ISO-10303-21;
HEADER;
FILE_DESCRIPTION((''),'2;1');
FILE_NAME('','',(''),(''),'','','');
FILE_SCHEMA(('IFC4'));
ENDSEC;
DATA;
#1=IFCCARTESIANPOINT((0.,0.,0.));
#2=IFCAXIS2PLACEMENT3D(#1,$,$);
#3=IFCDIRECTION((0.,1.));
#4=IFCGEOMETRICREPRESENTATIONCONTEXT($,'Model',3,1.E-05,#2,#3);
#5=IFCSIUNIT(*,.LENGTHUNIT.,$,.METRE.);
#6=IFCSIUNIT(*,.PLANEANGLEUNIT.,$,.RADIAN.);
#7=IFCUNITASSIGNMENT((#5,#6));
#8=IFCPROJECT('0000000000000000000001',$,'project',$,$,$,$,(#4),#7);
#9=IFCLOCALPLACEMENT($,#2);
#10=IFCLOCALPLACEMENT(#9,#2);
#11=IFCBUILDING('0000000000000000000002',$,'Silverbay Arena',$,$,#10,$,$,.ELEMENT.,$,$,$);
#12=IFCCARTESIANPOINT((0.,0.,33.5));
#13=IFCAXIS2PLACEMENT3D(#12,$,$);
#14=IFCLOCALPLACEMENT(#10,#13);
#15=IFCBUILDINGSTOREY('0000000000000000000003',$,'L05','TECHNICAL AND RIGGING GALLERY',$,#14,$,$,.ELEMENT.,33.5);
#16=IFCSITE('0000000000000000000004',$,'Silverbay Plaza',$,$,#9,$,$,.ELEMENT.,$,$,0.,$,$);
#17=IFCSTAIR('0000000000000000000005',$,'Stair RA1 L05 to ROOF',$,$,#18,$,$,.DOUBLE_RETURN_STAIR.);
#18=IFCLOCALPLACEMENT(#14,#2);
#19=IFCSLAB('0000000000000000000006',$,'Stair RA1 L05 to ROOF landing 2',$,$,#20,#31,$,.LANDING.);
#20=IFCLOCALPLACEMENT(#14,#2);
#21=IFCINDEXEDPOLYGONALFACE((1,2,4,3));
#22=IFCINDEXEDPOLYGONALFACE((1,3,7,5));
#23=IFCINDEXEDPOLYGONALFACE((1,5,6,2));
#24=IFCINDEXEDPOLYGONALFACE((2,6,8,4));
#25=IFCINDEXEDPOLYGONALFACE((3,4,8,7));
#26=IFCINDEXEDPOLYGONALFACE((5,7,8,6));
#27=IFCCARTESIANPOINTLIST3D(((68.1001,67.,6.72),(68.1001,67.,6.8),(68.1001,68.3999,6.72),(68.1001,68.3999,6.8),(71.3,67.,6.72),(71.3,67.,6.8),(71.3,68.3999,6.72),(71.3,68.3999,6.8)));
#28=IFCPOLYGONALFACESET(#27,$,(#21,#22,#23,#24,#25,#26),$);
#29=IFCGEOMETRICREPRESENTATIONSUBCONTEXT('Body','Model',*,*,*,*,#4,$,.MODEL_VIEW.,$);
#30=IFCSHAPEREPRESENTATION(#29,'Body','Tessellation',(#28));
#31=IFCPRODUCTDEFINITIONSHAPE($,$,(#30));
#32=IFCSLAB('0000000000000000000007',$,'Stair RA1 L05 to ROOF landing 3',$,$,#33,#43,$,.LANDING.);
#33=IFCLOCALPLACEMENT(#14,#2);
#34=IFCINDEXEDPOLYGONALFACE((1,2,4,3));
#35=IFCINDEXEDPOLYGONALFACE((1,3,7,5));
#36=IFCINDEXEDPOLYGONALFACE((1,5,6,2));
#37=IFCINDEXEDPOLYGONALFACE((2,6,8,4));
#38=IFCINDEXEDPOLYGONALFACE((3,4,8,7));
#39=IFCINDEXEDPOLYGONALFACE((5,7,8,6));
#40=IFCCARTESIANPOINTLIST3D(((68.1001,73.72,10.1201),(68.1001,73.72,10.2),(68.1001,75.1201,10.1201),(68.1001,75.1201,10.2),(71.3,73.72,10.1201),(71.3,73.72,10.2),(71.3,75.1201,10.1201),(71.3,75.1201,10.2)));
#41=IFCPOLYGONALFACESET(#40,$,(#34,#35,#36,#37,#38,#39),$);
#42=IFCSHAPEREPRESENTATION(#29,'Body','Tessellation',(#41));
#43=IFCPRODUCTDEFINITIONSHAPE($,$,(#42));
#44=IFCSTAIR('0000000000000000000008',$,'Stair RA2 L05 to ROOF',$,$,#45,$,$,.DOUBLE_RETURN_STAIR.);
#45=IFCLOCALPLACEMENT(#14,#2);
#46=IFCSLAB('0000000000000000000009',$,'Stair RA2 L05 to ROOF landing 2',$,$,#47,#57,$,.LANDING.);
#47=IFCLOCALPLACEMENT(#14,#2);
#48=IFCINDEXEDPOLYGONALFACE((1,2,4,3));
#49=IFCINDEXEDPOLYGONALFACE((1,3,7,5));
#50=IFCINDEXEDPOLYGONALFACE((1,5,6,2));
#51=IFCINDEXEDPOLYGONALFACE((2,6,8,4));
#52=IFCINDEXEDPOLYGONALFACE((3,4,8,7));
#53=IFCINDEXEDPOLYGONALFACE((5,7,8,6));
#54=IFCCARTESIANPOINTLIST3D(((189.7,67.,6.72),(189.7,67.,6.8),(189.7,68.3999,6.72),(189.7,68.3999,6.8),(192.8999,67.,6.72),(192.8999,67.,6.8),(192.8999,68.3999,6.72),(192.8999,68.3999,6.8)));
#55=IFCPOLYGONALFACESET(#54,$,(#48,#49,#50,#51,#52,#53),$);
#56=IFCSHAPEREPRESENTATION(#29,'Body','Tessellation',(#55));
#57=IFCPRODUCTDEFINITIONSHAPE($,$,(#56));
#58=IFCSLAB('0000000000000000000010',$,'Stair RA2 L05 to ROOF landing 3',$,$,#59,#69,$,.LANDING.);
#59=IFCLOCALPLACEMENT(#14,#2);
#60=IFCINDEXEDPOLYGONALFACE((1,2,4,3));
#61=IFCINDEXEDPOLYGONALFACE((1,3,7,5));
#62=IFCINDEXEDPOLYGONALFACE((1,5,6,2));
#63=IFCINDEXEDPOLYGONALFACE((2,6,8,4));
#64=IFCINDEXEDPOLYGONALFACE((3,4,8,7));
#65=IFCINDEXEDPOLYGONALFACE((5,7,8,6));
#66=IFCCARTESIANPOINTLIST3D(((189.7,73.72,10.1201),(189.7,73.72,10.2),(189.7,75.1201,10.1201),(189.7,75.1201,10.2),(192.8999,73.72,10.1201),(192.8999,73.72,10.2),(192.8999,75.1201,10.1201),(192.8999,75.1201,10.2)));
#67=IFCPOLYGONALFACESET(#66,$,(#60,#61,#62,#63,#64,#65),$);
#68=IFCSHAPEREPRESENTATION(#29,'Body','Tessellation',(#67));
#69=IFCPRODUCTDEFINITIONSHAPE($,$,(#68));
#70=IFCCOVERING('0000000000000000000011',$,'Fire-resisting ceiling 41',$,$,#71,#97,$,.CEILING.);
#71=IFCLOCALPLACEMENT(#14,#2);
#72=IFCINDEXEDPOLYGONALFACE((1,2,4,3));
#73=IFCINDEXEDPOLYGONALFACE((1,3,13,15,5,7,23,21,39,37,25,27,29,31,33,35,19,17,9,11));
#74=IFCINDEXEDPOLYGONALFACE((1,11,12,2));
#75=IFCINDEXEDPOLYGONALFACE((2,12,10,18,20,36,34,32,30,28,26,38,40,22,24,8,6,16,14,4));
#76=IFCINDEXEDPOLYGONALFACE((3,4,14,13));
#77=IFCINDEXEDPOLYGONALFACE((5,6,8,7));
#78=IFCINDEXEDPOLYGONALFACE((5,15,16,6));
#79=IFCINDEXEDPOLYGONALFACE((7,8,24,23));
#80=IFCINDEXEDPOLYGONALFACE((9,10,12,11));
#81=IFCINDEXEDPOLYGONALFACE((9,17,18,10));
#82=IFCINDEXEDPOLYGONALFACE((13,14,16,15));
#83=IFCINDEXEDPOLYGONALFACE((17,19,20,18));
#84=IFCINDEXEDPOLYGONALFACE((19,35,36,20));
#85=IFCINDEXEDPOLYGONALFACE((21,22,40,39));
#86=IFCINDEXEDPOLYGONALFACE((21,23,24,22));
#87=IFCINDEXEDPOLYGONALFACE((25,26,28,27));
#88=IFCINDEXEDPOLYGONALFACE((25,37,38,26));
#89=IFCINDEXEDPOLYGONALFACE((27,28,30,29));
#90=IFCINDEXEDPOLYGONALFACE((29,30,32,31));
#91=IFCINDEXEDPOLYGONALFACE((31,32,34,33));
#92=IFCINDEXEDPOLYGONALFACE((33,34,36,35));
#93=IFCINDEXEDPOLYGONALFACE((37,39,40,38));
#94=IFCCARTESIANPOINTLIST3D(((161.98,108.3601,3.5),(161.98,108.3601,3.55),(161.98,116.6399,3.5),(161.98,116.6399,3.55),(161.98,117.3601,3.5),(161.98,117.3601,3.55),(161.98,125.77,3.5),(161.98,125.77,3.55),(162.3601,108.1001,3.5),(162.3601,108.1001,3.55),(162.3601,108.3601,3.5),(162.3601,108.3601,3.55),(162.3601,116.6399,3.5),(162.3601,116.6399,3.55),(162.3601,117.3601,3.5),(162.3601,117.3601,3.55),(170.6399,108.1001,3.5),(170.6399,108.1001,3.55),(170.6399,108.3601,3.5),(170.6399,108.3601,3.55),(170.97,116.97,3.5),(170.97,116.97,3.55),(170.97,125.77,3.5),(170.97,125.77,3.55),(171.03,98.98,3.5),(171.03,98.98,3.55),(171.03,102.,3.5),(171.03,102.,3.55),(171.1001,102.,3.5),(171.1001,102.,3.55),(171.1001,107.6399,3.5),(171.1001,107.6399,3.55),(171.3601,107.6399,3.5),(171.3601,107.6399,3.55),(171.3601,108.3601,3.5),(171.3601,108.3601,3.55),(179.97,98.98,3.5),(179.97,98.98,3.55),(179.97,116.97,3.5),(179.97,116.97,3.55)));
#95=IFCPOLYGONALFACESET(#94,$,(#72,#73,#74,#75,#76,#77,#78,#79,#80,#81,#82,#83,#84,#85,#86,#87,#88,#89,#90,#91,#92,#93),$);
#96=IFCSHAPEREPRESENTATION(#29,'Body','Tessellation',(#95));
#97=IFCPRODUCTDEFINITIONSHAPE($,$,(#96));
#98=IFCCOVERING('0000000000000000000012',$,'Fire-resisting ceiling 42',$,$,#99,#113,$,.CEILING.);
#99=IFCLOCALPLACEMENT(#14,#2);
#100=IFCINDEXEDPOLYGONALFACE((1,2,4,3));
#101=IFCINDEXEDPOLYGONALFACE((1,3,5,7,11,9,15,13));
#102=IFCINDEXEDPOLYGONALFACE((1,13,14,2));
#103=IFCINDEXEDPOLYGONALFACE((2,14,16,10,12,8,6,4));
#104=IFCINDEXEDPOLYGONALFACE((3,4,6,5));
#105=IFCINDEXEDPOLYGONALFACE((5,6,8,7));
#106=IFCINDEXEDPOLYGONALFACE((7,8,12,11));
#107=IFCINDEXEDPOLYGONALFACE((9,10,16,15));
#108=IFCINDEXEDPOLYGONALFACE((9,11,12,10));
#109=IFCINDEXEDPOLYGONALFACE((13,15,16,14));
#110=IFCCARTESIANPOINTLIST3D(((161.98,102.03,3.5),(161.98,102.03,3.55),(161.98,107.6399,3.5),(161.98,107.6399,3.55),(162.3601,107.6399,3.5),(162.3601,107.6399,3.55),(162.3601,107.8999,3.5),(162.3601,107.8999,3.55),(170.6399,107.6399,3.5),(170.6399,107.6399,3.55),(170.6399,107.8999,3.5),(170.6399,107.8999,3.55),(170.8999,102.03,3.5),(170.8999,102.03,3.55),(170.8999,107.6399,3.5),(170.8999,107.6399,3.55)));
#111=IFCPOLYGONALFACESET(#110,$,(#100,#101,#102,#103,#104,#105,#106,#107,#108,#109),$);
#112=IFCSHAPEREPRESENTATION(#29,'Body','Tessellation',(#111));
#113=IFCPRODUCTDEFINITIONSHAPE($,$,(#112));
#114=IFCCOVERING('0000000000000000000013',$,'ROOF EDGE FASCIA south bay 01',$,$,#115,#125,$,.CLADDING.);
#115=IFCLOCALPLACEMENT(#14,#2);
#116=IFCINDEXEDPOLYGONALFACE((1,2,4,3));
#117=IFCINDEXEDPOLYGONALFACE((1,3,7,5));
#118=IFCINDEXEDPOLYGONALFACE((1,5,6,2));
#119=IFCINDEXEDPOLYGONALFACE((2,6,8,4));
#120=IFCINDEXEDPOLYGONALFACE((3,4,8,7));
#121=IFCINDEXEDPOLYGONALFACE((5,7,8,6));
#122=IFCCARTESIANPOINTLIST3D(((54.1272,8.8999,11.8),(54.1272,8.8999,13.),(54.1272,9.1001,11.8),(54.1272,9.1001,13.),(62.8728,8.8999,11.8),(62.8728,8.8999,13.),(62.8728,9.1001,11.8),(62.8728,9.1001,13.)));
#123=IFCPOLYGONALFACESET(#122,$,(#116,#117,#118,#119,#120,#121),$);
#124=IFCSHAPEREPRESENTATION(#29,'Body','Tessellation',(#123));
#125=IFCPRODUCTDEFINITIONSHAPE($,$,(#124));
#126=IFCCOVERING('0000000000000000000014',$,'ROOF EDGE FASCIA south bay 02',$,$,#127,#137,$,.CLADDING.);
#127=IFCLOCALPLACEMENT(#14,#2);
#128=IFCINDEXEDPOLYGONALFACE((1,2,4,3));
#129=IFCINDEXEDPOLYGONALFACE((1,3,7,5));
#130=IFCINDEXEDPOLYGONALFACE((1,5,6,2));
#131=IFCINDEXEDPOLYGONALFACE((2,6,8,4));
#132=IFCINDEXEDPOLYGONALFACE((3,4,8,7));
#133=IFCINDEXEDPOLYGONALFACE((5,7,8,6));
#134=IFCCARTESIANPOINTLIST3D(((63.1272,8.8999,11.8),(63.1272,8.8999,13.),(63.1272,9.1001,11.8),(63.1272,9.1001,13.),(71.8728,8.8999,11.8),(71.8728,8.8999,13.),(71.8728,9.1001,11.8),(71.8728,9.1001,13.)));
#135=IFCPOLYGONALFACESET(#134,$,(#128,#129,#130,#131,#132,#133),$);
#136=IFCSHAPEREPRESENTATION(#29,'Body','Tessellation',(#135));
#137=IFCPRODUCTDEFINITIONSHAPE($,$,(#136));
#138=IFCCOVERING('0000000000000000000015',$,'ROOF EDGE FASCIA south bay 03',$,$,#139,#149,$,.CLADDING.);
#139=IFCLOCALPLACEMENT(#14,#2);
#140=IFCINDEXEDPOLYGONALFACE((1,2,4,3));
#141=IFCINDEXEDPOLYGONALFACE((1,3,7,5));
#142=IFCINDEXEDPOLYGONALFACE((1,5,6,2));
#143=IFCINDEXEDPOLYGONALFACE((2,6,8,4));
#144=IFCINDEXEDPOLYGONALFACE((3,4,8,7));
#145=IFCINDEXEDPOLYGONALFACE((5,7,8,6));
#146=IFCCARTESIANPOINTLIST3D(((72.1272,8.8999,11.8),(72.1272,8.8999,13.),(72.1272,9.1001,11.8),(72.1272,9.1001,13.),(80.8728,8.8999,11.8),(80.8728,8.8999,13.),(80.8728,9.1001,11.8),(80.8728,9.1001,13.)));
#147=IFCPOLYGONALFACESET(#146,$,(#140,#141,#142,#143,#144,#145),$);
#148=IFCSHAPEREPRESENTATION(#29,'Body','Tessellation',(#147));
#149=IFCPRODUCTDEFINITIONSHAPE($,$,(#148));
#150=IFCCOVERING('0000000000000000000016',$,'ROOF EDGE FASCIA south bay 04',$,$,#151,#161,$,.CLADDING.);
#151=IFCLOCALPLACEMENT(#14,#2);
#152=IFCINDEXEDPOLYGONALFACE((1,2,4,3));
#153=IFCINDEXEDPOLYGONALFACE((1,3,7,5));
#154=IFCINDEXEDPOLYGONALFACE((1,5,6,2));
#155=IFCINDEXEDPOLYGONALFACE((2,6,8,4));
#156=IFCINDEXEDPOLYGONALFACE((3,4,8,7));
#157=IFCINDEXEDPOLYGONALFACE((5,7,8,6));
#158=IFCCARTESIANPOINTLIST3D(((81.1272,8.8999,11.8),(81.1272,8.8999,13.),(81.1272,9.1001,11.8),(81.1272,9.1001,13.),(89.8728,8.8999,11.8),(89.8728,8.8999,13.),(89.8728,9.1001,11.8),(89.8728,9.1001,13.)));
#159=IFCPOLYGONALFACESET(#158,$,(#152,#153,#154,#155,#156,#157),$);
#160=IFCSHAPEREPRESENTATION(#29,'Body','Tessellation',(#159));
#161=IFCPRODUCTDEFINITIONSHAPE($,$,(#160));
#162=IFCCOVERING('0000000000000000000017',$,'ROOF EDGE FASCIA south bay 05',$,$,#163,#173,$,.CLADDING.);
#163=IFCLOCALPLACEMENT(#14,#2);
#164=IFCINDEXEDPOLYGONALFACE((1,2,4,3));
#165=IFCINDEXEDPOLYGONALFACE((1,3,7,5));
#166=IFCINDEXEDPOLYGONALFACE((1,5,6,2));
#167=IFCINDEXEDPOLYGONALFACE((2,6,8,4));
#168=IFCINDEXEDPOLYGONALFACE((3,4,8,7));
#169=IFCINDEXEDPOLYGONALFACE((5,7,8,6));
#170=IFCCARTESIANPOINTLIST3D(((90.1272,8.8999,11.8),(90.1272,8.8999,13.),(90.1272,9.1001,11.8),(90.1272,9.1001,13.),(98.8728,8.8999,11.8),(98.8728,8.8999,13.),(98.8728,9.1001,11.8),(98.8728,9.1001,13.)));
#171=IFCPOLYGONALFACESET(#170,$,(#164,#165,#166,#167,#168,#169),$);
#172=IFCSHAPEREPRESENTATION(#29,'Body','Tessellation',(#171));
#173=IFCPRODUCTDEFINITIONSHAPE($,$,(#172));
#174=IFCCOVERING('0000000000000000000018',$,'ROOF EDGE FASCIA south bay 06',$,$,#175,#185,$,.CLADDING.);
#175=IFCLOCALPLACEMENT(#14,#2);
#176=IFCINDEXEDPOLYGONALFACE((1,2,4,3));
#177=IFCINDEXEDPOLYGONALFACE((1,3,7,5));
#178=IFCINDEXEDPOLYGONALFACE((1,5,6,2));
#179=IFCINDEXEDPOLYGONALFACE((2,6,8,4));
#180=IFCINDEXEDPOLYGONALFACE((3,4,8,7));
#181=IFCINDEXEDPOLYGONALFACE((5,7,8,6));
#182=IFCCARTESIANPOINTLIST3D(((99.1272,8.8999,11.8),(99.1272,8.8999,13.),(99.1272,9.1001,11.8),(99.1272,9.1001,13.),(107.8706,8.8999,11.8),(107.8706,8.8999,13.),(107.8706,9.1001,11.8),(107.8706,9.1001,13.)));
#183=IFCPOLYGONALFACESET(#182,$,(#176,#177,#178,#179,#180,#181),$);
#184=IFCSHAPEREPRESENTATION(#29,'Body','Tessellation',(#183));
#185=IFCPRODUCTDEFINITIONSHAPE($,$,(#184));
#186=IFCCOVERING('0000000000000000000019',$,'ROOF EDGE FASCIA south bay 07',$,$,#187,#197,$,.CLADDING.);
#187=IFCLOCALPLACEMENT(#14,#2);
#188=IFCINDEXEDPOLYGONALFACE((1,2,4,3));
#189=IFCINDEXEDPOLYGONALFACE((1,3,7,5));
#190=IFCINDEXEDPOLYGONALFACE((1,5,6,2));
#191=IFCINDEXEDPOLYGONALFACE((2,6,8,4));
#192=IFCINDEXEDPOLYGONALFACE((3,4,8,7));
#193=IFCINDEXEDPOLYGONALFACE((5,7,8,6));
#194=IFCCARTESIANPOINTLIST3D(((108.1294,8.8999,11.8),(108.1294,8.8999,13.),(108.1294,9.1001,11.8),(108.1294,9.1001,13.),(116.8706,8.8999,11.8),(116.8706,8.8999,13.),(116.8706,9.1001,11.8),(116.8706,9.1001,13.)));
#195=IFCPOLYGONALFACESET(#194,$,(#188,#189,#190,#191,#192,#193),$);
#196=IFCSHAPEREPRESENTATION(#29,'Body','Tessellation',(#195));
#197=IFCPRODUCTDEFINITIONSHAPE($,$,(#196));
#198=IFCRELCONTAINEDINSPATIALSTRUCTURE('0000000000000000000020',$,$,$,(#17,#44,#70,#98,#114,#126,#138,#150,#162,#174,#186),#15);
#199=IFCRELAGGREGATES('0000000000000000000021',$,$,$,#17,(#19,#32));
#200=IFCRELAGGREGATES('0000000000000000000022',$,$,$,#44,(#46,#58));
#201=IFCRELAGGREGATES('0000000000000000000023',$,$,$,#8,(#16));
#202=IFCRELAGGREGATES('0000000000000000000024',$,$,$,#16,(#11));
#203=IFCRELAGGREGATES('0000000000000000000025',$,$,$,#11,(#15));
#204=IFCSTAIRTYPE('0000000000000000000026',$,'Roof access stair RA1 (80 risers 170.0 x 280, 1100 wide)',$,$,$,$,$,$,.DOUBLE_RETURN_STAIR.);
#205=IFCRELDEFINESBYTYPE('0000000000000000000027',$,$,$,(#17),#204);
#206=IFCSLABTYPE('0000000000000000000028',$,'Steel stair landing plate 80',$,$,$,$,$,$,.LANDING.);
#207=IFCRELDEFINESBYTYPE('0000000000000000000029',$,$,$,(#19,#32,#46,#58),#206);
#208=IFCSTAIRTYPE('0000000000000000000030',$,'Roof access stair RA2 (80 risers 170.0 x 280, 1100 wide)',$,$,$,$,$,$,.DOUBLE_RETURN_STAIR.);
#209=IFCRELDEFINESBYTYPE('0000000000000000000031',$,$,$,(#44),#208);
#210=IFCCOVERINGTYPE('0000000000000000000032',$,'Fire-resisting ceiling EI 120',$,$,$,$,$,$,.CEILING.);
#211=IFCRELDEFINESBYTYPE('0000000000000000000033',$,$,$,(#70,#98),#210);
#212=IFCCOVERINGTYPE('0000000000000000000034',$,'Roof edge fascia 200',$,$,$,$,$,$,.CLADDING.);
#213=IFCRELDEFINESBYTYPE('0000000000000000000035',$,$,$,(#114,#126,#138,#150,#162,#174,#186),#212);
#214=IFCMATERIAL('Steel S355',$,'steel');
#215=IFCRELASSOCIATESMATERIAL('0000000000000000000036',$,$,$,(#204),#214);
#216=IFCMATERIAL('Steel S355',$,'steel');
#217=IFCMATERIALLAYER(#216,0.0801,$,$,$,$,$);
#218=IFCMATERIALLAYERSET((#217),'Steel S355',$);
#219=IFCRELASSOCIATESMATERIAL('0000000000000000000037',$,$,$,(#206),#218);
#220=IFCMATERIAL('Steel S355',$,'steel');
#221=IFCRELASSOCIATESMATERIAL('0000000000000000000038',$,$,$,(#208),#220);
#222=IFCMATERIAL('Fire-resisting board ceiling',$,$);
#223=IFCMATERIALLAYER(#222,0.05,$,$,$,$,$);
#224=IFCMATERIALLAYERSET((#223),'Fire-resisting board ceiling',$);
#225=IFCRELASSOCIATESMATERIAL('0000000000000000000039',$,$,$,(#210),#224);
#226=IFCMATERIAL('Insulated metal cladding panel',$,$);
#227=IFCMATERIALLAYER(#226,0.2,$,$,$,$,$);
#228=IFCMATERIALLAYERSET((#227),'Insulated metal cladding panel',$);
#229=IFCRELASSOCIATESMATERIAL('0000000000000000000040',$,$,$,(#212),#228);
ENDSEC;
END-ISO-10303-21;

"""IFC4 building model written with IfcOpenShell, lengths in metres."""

from ifc_helpers import new_model, si_unit, direction, frame, origin, place, context, subcontext, project, spatial, polyline, outline, extrude, material, layer, layer_set, type_object, element, aggregate, save


model = new_model("IFC4")

# Units and contexts
model_context = context("Model", 3, precision=1e-05, world=origin(), true_north=direction((0.0, 1.0)))
body_context = subcontext(model_context, "Body", "Model", "MODEL_VIEW")
ifc_project = project(units=[si_unit("LENGTHUNIT", "METRE"), si_unit("PLANEANGLEUNIT", "RADIAN")], contexts=[model_context])

# Site, building, storey
site_placement = place(None, origin())
site = spatial("IfcSite", under=ifc_project, at=site_placement, Name="Silverbay Plaza", CompositionType="ELEMENT", RefElevation=0.0)
building_placement = place(site_placement, origin())
building = spatial("IfcBuilding", under=site, at=building_placement, Name="Silverbay Arena", CompositionType="ELEMENT")
storey_placement = place(building_placement, frame((0.0, 0.0, 33.5)))
storey = spatial("IfcBuildingStorey", under=building, at=storey_placement, Name="L05", Description="TECHNICAL AND RIGGING GALLERY", CompositionType="ELEMENT", Elevation=33.5)

# Stairs, slabs
ifc_material_1 = material(Name="Steel S355", Category="steel")
stair_type_1 = type_object("IfcStairType", Name="Roof access stair RA1 (80 risers 170.0 x 280, 1100 wide)", PredefinedType="DOUBLE_RETURN_STAIR", material=ifc_material_1)
stair_1_placement = place(storey_placement, origin())
stair_1 = element("IfcStair", 1, at=stair_1_placement, inside=storey, type_object=stair_type_1, Name="Stair RA1 L05 to ROOF", PredefinedType="DOUBLE_RETURN_STAIR")
ifc_material_2 = material(Name="Steel S355", Category="steel")
ifc_layer_1 = layer(ifc_material_2, 0.0801)
ifc_layer_set_1 = layer_set([ifc_layer_1], Name="Steel S355")
slab_type = type_object("IfcSlabType", Name="Steel stair landing plate 80", PredefinedType="LANDING", material=ifc_layer_set_1)
slab_1_placement = place(storey_placement, frame((0.0, 0.0, 6.72)))
slab_1 = element("IfcSlab", 2, at=slab_1_placement, type_object=slab_type, Name="Stair RA1 L05 to ROOF landing 2", PredefinedType="LANDING", context=body_context, shape_type="SweptSolid", body=[
    extrude(outline(polyline([(68.1001, 67.0), (68.1001, 68.3999), (71.3, 68.3999), (71.3, 67.0), (68.1001, 67.0)])), origin(), (0.0, 0.0, 1.0), 0.0801),
])
slab_2_placement = place(storey_placement, frame((0.0, 0.0, 10.1201)))
slab_2 = element("IfcSlab", 3, at=slab_2_placement, type_object=slab_type, Name="Stair RA1 L05 to ROOF landing 3", PredefinedType="LANDING", context=body_context, shape_type="SweptSolid", body=[
    extrude(outline(polyline([(68.1001, 73.72), (68.1001, 75.1201), (71.3, 75.1201), (71.3, 73.72), (68.1001, 73.72)])), origin(), (0.0, 0.0, 1.0), 0.0798),
])
aggregate(stair_1, [slab_1, slab_2])
ifc_material_3 = material(Name="Steel S355", Category="steel")
stair_type_2 = type_object("IfcStairType", Name="Roof access stair RA2 (80 risers 170.0 x 280, 1100 wide)", PredefinedType="DOUBLE_RETURN_STAIR", material=ifc_material_3)
stair_2_placement = place(storey_placement, origin())
stair_2 = element("IfcStair", 4, at=stair_2_placement, inside=storey, type_object=stair_type_2, Name="Stair RA2 L05 to ROOF", PredefinedType="DOUBLE_RETURN_STAIR")
slab_3_placement = place(storey_placement, frame((0.0, 0.0, 6.72)))
slab_3 = element("IfcSlab", 5, at=slab_3_placement, type_object=slab_type, Name="Stair RA2 L05 to ROOF landing 2", PredefinedType="LANDING", context=body_context, shape_type="SweptSolid", body=[
    extrude(outline(polyline([(192.8999, 67.0), (192.8999, 68.3999), (189.7, 68.3999), (189.7, 67.0), (192.8999, 67.0)])), origin(), (0.0, 0.0, 1.0), 0.0801),
])
slab_4_placement = place(storey_placement, frame((0.0, 0.0, 10.1201)))
slab_4 = element("IfcSlab", 6, at=slab_4_placement, type_object=slab_type, Name="Stair RA2 L05 to ROOF landing 3", PredefinedType="LANDING", context=body_context, shape_type="SweptSolid", body=[
    extrude(outline(polyline([(192.8999, 73.72), (192.8999, 75.1201), (189.7, 75.1201), (189.7, 73.72), (192.8999, 73.72)])), origin(), (0.0, 0.0, 1.0), 0.0798),
])
aggregate(stair_2, [slab_3, slab_4])

# Coverings
ifc_material_4 = material(Name="Fire-resisting board ceiling")
ifc_layer_2 = layer(ifc_material_4, 0.05)
ifc_layer_set_2 = layer_set([ifc_layer_2], Name="Fire-resisting board ceiling")
covering_type_1 = type_object("IfcCoveringType", Name="Fire-resisting ceiling EI 120", PredefinedType="CEILING", material=ifc_layer_set_2)
covering_1_placement = place(storey_placement, frame((0.0, 0.0, 3.5)))
element("IfcCovering", 7, at=covering_1_placement, inside=storey, type_object=covering_type_1, Name="Fire-resisting ceiling 41", PredefinedType="CEILING", context=body_context, shape_type="SweptSolid", body=[
    extrude(outline(polyline([(171.03, 102.0), (171.03, 98.98), (179.97, 98.98), (179.97, 116.97), (170.97, 116.97), (170.97, 125.77), (161.98, 125.77), (161.98, 117.3601), (162.3601, 117.3601), (162.3601, 116.6399), (161.98, 116.6399), (161.98, 108.3601), (162.3601, 108.3601), (162.3601, 108.1001), (170.6399, 108.1001), (170.6399, 108.3601), (171.3601, 108.3601), (171.3601, 107.6399), (171.1001, 107.6399), (171.1001, 102.0), (171.03, 102.0)])), origin(), (0.0, 0.0, 1.0), 0.05),
])
covering_2_placement = place(storey_placement, frame((0.0, 0.0, 3.5)))
element("IfcCovering", 8, at=covering_2_placement, inside=storey, type_object=covering_type_1, Name="Fire-resisting ceiling 42", PredefinedType="CEILING", context=body_context, shape_type="SweptSolid", body=[
    extrude(outline(polyline([(162.3601, 107.6399), (161.98, 107.6399), (161.98, 102.03), (170.8999, 102.03), (170.8999, 107.6399), (170.6399, 107.6399), (170.6399, 107.8999), (162.3601, 107.8999), (162.3601, 107.6399)])), origin(), (0.0, 0.0, 1.0), 0.05),
])
ifc_material_5 = material(Name="Insulated metal cladding panel")
ifc_layer_3 = layer(ifc_material_5, 0.2)
ifc_layer_set_3 = layer_set([ifc_layer_3], Name="Insulated metal cladding panel")
covering_type_2 = type_object("IfcCoveringType", Name="Roof edge fascia 200", PredefinedType="CLADDING", material=ifc_layer_set_3)
covering_3_placement = place(storey_placement, frame((0.0, 0.0, 11.8)))
element("IfcCovering", 9, at=covering_3_placement, inside=storey, type_object=covering_type_2, Name="ROOF EDGE FASCIA south bay 01", PredefinedType="CLADDING", context=body_context, shape_type="SweptSolid", body=[
    extrude(outline(polyline([(54.1272, 8.8999), (62.8728, 8.8999), (62.8728, 9.1001), (54.1272, 9.1001), (54.1272, 8.8999)])), origin(), (0.0, 0.0, 1.0), 1.2),
])
covering_4_placement = place(storey_placement, frame((0.0, 0.0, 11.8)))
element("IfcCovering", 10, at=covering_4_placement, inside=storey, type_object=covering_type_2, Name="ROOF EDGE FASCIA south bay 02", PredefinedType="CLADDING", context=body_context, shape_type="SweptSolid", body=[
    extrude(outline(polyline([(63.1272, 8.8999), (71.8728, 8.8999), (71.8728, 9.1001), (63.1272, 9.1001), (63.1272, 8.8999)])), origin(), (0.0, 0.0, 1.0), 1.2),
])
covering_5_placement = place(storey_placement, frame((0.0, 0.0, 11.8)))
element("IfcCovering", 11, at=covering_5_placement, inside=storey, type_object=covering_type_2, Name="ROOF EDGE FASCIA south bay 03", PredefinedType="CLADDING", context=body_context, shape_type="SweptSolid", body=[
    extrude(outline(polyline([(72.1272, 8.8999), (80.8728, 8.8999), (80.8728, 9.1001), (72.1272, 9.1001), (72.1272, 8.8999)])), origin(), (0.0, 0.0, 1.0), 1.2),
])
covering_6_placement = place(storey_placement, frame((0.0, 0.0, 11.8)))
element("IfcCovering", 12, at=covering_6_placement, inside=storey, type_object=covering_type_2, Name="ROOF EDGE FASCIA south bay 04", PredefinedType="CLADDING", context=body_context, shape_type="SweptSolid", body=[
    extrude(outline(polyline([(81.1272, 8.8999), (89.8728, 8.8999), (89.8728, 9.1001), (81.1272, 9.1001), (81.1272, 8.8999)])), origin(), (0.0, 0.0, 1.0), 1.2),
])
covering_7_placement = place(storey_placement, frame((0.0, 0.0, 11.8)))
element("IfcCovering", 13, at=covering_7_placement, inside=storey, type_object=covering_type_2, Name="ROOF EDGE FASCIA south bay 05", PredefinedType="CLADDING", context=body_context, shape_type="SweptSolid", body=[
    extrude(outline(polyline([(90.1272, 8.8999), (98.8728, 8.8999), (98.8728, 9.1001), (90.1272, 9.1001), (90.1272, 8.8999)])), origin(), (0.0, 0.0, 1.0), 1.2),
])
covering_8_placement = place(storey_placement, frame((0.0, 0.0, 11.8)))
element("IfcCovering", 14, at=covering_8_placement, inside=storey, type_object=covering_type_2, Name="ROOF EDGE FASCIA south bay 06", PredefinedType="CLADDING", context=body_context, shape_type="SweptSolid", body=[
    extrude(outline(polyline([(99.1272, 8.8999), (107.8706, 8.8999), (107.8706, 9.1001), (99.1272, 9.1001), (99.1272, 8.8999)])), origin(), (0.0, 0.0, 1.0), 1.2),
])
covering_9_placement = place(storey_placement, frame((0.0, 0.0, 11.8)))
element("IfcCovering", 15, at=covering_9_placement, inside=storey, type_object=covering_type_2, Name="ROOF EDGE FASCIA south bay 07", PredefinedType="CLADDING", context=body_context, shape_type="SweptSolid", body=[
    extrude(outline(polyline([(108.1294, 8.8999), (116.8706, 8.8999), (116.8706, 9.1001), (108.1294, 9.1001), (108.1294, 8.8999)])), origin(), (0.0, 0.0, 1.0), 1.2),
])

save(model, "model.ifc")
